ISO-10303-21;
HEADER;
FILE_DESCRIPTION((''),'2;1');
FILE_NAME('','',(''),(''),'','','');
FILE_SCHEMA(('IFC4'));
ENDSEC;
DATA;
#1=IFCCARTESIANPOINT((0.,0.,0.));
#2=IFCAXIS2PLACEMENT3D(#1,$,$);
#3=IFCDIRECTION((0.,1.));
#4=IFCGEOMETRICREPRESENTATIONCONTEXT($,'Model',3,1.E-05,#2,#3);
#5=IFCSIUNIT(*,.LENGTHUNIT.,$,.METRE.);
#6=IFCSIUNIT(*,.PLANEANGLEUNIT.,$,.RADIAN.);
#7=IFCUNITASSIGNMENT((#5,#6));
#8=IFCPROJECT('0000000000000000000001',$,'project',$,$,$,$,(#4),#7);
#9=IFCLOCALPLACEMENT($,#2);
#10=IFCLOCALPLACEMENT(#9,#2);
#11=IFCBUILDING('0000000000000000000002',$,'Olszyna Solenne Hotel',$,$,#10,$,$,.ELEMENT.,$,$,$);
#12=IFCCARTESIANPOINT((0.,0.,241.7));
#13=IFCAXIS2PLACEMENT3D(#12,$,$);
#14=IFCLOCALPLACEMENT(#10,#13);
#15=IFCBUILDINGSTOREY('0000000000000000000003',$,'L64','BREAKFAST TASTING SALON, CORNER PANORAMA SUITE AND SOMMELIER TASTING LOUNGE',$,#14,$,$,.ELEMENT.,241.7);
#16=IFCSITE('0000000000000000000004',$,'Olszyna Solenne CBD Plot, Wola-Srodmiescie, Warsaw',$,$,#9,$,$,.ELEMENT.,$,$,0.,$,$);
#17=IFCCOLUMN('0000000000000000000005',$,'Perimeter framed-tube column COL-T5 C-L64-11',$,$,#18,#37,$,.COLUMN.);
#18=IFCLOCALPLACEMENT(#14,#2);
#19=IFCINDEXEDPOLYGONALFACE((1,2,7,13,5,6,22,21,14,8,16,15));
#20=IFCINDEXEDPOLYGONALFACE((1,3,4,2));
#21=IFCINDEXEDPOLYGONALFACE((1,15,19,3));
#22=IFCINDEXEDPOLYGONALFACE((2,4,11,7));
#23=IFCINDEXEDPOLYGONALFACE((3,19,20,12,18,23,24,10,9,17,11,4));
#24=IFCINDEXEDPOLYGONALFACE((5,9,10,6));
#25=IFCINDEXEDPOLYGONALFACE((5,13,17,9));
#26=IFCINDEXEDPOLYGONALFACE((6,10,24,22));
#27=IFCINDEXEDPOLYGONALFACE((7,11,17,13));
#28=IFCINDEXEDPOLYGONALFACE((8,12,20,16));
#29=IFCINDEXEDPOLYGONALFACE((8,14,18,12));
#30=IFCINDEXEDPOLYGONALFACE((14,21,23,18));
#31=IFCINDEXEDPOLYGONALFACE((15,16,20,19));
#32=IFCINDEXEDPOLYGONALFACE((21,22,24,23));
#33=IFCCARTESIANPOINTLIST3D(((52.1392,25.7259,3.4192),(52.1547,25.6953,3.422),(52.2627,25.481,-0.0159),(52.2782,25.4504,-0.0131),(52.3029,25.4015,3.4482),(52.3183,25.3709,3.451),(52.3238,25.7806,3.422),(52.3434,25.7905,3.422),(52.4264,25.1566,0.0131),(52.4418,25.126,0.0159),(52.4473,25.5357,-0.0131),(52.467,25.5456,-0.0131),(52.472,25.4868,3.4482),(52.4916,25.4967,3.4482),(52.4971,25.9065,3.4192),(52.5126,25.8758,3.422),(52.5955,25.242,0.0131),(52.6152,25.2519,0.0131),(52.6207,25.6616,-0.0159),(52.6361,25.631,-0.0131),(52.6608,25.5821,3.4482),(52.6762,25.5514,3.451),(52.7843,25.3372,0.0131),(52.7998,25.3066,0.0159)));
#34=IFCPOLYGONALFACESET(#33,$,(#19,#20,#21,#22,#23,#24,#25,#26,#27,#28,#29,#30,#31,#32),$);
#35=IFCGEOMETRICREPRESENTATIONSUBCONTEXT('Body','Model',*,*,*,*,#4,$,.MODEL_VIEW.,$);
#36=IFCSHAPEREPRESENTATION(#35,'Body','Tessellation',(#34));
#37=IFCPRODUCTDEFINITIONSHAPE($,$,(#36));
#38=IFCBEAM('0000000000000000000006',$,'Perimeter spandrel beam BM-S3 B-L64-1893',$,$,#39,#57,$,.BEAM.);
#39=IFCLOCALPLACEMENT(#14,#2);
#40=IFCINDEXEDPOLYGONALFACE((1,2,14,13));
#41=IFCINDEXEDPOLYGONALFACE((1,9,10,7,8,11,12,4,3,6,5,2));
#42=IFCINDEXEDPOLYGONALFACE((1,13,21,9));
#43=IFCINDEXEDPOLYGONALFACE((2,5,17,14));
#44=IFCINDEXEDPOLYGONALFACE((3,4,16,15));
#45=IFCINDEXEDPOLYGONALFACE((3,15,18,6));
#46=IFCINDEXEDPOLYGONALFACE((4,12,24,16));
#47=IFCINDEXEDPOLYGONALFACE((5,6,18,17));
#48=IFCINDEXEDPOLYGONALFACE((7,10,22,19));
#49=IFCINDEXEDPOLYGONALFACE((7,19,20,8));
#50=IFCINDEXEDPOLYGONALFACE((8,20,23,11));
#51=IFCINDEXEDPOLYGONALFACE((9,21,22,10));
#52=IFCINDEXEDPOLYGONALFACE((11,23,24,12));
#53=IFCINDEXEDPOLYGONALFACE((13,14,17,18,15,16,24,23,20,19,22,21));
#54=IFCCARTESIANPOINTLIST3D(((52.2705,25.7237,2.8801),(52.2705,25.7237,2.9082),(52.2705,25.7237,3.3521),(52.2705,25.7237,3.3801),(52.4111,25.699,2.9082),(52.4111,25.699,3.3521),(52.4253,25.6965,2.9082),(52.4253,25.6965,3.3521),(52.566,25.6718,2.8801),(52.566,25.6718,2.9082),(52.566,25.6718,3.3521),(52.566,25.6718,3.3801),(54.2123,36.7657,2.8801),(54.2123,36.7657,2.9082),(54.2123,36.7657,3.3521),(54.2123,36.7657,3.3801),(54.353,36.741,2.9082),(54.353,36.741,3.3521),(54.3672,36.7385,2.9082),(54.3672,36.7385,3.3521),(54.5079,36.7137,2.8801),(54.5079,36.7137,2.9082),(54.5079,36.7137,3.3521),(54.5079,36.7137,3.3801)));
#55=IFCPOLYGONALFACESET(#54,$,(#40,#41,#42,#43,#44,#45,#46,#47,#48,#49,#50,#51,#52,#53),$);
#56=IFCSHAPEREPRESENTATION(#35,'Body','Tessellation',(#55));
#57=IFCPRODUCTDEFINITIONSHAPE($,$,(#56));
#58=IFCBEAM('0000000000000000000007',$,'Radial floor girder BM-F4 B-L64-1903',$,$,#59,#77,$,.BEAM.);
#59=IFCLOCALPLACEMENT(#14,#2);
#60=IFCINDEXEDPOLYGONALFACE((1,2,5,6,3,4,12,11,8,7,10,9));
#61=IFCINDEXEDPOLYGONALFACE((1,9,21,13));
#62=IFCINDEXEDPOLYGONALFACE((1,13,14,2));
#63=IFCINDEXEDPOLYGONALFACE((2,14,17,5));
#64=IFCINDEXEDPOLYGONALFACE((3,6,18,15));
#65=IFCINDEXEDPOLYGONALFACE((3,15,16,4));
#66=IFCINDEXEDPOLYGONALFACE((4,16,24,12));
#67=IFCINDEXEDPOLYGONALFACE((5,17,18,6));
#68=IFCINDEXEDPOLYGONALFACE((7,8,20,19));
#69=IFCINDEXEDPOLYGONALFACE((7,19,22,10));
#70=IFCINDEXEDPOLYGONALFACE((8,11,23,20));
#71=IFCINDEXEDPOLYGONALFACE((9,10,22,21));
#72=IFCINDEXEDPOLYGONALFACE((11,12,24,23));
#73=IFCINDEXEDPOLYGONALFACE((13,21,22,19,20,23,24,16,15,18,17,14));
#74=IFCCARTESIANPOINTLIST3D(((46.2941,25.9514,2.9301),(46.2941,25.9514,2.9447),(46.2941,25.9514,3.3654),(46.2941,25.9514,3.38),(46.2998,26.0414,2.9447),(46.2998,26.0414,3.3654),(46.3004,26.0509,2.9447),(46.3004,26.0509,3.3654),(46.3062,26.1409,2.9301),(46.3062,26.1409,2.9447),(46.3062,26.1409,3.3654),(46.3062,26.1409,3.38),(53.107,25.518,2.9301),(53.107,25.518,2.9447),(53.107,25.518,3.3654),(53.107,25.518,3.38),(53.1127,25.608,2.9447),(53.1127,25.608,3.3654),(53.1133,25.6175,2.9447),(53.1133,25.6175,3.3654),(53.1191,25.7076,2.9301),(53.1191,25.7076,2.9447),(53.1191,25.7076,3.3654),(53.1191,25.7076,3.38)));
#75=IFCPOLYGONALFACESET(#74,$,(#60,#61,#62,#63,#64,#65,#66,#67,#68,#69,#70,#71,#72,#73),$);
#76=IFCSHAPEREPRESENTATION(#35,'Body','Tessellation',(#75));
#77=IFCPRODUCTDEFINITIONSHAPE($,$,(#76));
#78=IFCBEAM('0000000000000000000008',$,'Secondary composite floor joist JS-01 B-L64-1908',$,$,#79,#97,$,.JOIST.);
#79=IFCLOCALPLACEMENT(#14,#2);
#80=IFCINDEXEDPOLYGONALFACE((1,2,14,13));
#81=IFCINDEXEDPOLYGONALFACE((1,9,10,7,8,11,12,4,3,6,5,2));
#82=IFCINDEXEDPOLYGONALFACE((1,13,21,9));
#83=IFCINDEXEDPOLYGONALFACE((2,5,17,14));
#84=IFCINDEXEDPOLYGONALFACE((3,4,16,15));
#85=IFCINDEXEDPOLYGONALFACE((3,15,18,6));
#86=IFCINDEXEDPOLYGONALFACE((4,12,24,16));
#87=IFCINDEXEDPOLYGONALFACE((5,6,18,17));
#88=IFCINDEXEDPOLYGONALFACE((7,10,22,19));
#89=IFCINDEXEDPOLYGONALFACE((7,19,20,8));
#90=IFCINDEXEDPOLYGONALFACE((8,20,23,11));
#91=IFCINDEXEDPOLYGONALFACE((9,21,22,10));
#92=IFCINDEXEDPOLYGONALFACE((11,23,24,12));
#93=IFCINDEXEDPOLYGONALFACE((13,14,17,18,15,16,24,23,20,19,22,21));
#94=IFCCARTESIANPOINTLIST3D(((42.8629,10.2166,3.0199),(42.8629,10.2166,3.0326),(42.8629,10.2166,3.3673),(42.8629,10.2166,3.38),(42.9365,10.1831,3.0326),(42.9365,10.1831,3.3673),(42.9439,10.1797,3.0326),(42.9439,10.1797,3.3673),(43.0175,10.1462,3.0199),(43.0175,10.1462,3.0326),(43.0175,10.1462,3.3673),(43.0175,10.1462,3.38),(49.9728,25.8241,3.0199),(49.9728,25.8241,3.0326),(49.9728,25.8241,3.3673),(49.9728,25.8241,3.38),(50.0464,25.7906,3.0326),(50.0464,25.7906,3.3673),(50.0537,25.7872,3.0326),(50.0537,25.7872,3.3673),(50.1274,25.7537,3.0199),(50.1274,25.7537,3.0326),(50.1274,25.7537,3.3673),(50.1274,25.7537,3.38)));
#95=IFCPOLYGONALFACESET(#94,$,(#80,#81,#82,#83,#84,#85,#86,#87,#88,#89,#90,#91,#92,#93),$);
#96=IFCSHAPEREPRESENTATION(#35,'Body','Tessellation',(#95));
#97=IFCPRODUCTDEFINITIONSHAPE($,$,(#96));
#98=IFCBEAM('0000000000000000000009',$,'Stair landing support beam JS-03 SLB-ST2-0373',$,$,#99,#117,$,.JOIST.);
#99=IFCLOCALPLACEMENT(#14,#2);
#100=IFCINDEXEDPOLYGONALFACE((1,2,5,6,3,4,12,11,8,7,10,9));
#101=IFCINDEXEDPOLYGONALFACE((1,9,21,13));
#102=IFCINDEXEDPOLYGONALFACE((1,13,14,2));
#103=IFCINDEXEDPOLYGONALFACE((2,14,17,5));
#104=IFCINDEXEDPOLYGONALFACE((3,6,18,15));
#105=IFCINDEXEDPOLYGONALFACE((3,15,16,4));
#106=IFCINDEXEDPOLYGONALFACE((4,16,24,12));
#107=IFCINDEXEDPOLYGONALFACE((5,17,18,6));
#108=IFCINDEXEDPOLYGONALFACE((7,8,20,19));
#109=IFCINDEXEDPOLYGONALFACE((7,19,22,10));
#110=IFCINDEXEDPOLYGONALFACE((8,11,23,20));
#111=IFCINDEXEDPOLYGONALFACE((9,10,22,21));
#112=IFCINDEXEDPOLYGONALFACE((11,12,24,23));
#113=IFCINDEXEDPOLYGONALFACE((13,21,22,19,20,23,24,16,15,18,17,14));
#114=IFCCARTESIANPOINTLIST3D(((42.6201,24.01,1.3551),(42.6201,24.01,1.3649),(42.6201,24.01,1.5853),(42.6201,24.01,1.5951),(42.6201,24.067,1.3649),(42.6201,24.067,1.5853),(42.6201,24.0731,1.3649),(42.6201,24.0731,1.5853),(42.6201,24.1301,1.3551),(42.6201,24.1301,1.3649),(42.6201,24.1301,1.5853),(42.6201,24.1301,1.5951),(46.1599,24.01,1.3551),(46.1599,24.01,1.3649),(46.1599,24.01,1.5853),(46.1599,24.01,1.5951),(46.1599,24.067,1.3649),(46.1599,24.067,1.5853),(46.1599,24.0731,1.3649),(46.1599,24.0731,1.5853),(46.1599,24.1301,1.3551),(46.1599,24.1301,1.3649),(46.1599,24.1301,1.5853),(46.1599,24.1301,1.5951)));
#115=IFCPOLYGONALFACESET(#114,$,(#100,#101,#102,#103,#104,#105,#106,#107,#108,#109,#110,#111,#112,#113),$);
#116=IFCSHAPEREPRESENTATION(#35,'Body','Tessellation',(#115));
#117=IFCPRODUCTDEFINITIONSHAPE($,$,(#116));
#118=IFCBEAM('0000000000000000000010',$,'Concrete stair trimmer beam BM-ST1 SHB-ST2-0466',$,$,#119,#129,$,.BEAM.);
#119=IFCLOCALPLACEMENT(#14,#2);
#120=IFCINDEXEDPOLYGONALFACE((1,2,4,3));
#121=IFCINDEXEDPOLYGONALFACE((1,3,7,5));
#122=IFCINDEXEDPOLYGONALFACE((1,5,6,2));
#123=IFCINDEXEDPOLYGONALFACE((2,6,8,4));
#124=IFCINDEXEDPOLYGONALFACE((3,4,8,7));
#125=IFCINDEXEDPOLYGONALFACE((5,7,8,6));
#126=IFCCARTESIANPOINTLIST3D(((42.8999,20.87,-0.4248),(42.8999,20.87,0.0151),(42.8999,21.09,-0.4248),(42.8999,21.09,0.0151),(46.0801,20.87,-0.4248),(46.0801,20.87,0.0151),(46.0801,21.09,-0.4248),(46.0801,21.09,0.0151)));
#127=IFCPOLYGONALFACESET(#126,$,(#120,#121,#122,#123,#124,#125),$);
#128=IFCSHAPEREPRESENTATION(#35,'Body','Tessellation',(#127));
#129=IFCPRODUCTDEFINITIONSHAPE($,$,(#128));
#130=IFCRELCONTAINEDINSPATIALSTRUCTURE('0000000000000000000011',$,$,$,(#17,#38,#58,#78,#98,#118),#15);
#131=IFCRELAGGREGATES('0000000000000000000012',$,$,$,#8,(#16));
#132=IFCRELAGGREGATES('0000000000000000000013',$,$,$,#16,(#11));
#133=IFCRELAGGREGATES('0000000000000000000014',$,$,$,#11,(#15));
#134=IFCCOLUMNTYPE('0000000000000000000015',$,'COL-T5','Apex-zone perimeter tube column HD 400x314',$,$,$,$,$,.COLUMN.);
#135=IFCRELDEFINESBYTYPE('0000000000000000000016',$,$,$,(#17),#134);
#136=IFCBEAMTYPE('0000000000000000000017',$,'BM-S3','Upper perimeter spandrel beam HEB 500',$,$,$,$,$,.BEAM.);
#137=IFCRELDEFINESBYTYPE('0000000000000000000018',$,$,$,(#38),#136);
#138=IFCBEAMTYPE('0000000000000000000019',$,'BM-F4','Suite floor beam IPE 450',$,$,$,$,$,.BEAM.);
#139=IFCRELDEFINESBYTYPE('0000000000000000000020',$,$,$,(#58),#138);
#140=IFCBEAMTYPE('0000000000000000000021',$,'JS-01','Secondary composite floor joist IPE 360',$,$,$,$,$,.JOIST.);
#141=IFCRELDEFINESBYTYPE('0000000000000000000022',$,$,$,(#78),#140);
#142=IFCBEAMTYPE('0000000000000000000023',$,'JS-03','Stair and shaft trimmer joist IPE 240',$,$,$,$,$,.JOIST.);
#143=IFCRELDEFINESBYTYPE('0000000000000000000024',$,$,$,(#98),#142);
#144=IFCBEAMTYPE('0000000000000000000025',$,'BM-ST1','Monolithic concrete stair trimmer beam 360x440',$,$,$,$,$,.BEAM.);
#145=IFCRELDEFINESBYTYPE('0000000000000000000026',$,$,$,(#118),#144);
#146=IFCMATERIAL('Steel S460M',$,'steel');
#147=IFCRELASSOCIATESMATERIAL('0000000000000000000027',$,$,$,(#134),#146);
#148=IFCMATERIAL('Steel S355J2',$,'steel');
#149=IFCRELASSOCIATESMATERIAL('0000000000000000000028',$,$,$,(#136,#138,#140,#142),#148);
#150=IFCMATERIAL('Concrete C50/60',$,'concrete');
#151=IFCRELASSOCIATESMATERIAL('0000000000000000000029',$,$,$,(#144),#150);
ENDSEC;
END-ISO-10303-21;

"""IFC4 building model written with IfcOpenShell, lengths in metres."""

from ifc_helpers import new_model, si_unit, direction, frame, origin, origin_2d, place, context, subcontext, project, spatial, rectangle, i_section, extrude, source, transform, mapped, material, material_profile, profile_set, type_object, element, save


model = new_model("IFC4")

# Units and contexts
model_context = context("Model", 3, precision=1e-05, world=origin(), true_north=direction((0.0, 1.0)))
body_context = subcontext(model_context, "Body", "Model", "MODEL_VIEW")
ifc_project = project(units=[si_unit("LENGTHUNIT", "METRE"), si_unit("PLANEANGLEUNIT", "RADIAN")], contexts=[model_context])

# Site, building, storey
site_placement = place(None, origin())
site = spatial("IfcSite", under=ifc_project, at=site_placement, Name="Olszyna Solenne CBD Plot, Wola-Srodmiescie, Warsaw", CompositionType="ELEMENT", RefElevation=0.0)
building_placement = place(site_placement, origin())
building = spatial("IfcBuilding", under=site, at=building_placement, Name="Olszyna Solenne Hotel", CompositionType="ELEMENT")
storey_placement = place(building_placement, frame((0.0, 0.0, 241.7)))
storey = spatial("IfcBuildingStorey", under=building, at=storey_placement, Name="L64", Description="BREAKFAST TASTING SALON, CORNER PANORAMA SUITE AND SOMMELIER TASTING LOUNGE", CompositionType="ELEMENT", Elevation=241.7)

# Column
ifc_material_1 = material(Name="Steel S460M", Category="steel")
ifc_material_profile_1 = material_profile(ifc_material_1, i_section(OverallWidth=0.4009, OverallDepth=0.3989, WebThickness=0.022, FlangeThickness=0.0344, at=origin_2d()), Name="HD 400x314", Category="load-bearing")
ifc_profile_set_1 = profile_set([ifc_material_profile_1], Name="Steel S460M")
column_type = type_object("IfcColumnType", Name="COL-T5", Description="Apex-zone perimeter tube column HD 400x314", PredefinedType="COLUMN", material=ifc_profile_set_1)
shared_shape_1 = source(origin(), body_context, "Body", "SweptSolid", [
    extrude(i_section(OverallWidth=0.4009, OverallDepth=0.3989, WebThickness=0.022, FlangeThickness=0.0344, at=origin_2d()), origin(), (0.0, 0.0, 1.0), 3.446),
])
column_placement = place(storey_placement, frame((52.5312, 25.3938, 0.0), z_axis=(-0.035849, 0.07106, 0.996828), x_axis=(-0.892819, -0.450415, 0.0)))
element("IfcColumn", 1, at=column_placement, inside=storey, type_object=column_type, Name="Perimeter framed-tube column COL-T5 C-L64-11", PredefinedType="COLUMN", context=body_context, shape_type="MappedRepresentation", body=[
    mapped(shared_shape_1, transform((0.0, 0.0, 0.0), x_axis=(1.0, 0.0, 0.0), y_axis=(0.0, 1.0, 0.0), z_axis=(0.0, 0.0, 1.0), scale=1.0)),
])

# Beams
ifc_material_2 = material(Name="Steel S355J2", Category="steel")
ifc_material_profile_2 = material_profile(ifc_material_2, i_section(OverallWidth=0.3, OverallDepth=0.5, WebThickness=0.0144, FlangeThickness=0.0281, at=origin_2d()), Name="HEB 500", Category="load-bearing")
ifc_profile_set_2 = profile_set([ifc_material_profile_2], Name="Steel S355J2")
beam_type_1 = type_object("IfcBeamType", Name="BM-S3", Description="Upper perimeter spandrel beam HEB 500", PredefinedType="BEAM", material=ifc_profile_set_2)
shared_shape_2 = source(origin(), body_context, "Body", "SweptSolid", [
    extrude(i_section(OverallWidth=0.3, OverallDepth=0.5, WebThickness=0.0144, FlangeThickness=0.0281, at=origin_2d()), origin(), (0.0, 0.0, 1.0), 11.2114),
])
beam_1_placement = place(storey_placement, frame((52.4182, 25.6978, 3.1301), z_axis=(0.173206, 0.984886, 0.0), x_axis=(-0.984886, 0.173206, 0.0)))
element("IfcBeam", 2, at=beam_1_placement, inside=storey, type_object=beam_type_1, Name="Perimeter spandrel beam BM-S3 B-L64-1893", PredefinedType="BEAM", context=body_context, shape_type="MappedRepresentation", body=[
    mapped(shared_shape_2, transform((0.0, 0.0, 0.0), x_axis=(1.0, 0.0, 0.0), y_axis=(0.0, 1.0, 0.0), z_axis=(0.0, 0.0, 1.0), scale=1.0)),
])
ifc_material_profile_3 = material_profile(ifc_material_2, i_section(OverallWidth=0.1899, OverallDepth=0.45, WebThickness=0.0095, FlangeThickness=0.0146, at=origin_2d()), Name="IPE 450", Category="load-bearing")
ifc_profile_set_3 = profile_set([ifc_material_profile_3], Name="Steel S355J2")
beam_type_2 = type_object("IfcBeamType", Name="BM-F4", Description="Suite floor beam IPE 450", PredefinedType="BEAM", material=ifc_profile_set_3)
shared_shape_3 = source(origin(), body_context, "Body", "SweptSolid", [
    extrude(i_section(OverallWidth=0.1899, OverallDepth=0.45, WebThickness=0.0095, FlangeThickness=0.0146, at=origin_2d()), origin(), (0.0, 0.0, 1.0), 6.8267),
])
beam_2_placement = place(storey_placement, frame((53.113, 25.6128, 3.155), z_axis=(-0.997983, 0.063478, 0.0), x_axis=(-0.063478, -0.997983, 0.0)))
element("IfcBeam", 3, at=beam_2_placement, inside=storey, type_object=beam_type_2, Name="Radial floor girder BM-F4 B-L64-1903", PredefinedType="BEAM", context=body_context, shape_type="MappedRepresentation", body=[
    mapped(shared_shape_3, transform((0.0, 0.0, 0.0), x_axis=(1.0, 0.0, 0.0), y_axis=(0.0, 1.0, 0.0), z_axis=(0.0, 0.0, 1.0), scale=1.0)),
])
ifc_material_profile_4 = material_profile(ifc_material_2, i_section(OverallWidth=0.1699, OverallDepth=0.3601, WebThickness=0.0081, FlangeThickness=0.0127, at=origin_2d()), Name="IPE 360", Category="load-bearing")
ifc_profile_set_4 = profile_set([ifc_material_profile_4], Name="Steel S355J2")
beam_type_3 = type_object("IfcBeamType", Name="JS-01", Description="Secondary composite floor joist IPE 360", PredefinedType="JOIST", material=ifc_profile_set_4)
shared_shape_4 = source(origin(), body_context, "Body", "SweptSolid", [
    extrude(i_section(OverallWidth=0.1699, OverallDepth=0.3601, WebThickness=0.0081, FlangeThickness=0.0127, at=origin_2d()), origin(), (0.0, 0.0, 1.0), 17.1506),
])
beam_3_placement = place(storey_placement, frame((42.9402, 10.1814, 3.2), z_axis=(0.414556, 0.910024, 0.0), x_axis=(-0.910024, 0.414556, 0.0)))
element("IfcBeam", 4, at=beam_3_placement, inside=storey, type_object=beam_type_3, Name="Secondary composite floor joist JS-01 B-L64-1908", PredefinedType="JOIST", context=body_context, shape_type="MappedRepresentation", body=[
    mapped(shared_shape_4, transform((0.0, 0.0, 0.0), x_axis=(1.0, 0.0, 0.0), y_axis=(0.0, 1.0, 0.0), z_axis=(0.0, 0.0, 1.0), scale=1.0)),
])
ifc_material_profile_5 = material_profile(ifc_material_2, i_section(OverallWidth=0.1201, OverallDepth=0.24, WebThickness=0.0061, FlangeThickness=0.0098, at=origin_2d()), Name="IPE 240", Category="load-bearing")
ifc_profile_set_5 = profile_set([ifc_material_profile_5], Name="Steel S355J2")
beam_type_4 = type_object("IfcBeamType", Name="JS-03", Description="Stair and shaft trimmer joist IPE 240", PredefinedType="JOIST", material=ifc_profile_set_5)
shared_shape_5 = source(origin(), body_context, "Body", "SweptSolid", [
    extrude(i_section(OverallWidth=0.1201, OverallDepth=0.24, WebThickness=0.0061, FlangeThickness=0.0098, at=origin_2d()), origin(), (0.0, 0.0, 1.0), 3.5398),
])
beam_4_placement = place(storey_placement, frame((46.1599, 24.0701, 1.4751), z_axis=(-1.0, 0.0, 0.0), x_axis=(0.0, -1.0, 0.0)))
element("IfcBeam", 5, at=beam_4_placement, inside=storey, type_object=beam_type_4, Name="Stair landing support beam JS-03 SLB-ST2-0373", PredefinedType="JOIST", context=body_context, shape_type="MappedRepresentation", body=[
    mapped(shared_shape_5, transform((0.0, 0.0, 0.0), x_axis=(1.0, 0.0, 0.0), y_axis=(0.0, 1.0, 0.0), z_axis=(0.0, 0.0, 1.0), scale=1.0)),
])
ifc_material_3 = material(Name="Concrete C50/60", Category="concrete")
ifc_material_profile_6 = material_profile(ifc_material_3, rectangle(XDim=0.22, YDim=0.4399, at=origin_2d()), Name="RC 220x440", Category="load-bearing")
ifc_profile_set_6 = profile_set([ifc_material_profile_6], Name="Concrete C50/60")
beam_type_5 = type_object("IfcBeamType", Name="BM-ST1", Description="Monolithic concrete stair trimmer beam 360x440", PredefinedType="BEAM", material=ifc_profile_set_6)
shared_shape_6 = source(origin(), body_context, "Body", "SweptSolid", [
    extrude(rectangle(XDim=0.22, YDim=0.4399, at=origin_2d()), origin(), (0.0, 0.0, 1.0), 3.1802),
])
beam_5_placement = place(storey_placement, frame((46.0801, 20.98, -0.2048), z_axis=(-1.0, 0.0, 0.0), x_axis=(0.0, -1.0, 0.0)))
element("IfcBeam", 6, at=beam_5_placement, inside=storey, type_object=beam_type_5, Name="Concrete stair trimmer beam BM-ST1 SHB-ST2-0466", PredefinedType="BEAM", context=body_context, shape_type="MappedRepresentation", body=[
    mapped(shared_shape_6, transform((0.0, 0.0, 0.0), x_axis=(1.0, 0.0, 0.0), y_axis=(0.0, 1.0, 0.0), z_axis=(0.0, 0.0, 1.0), scale=1.0)),
])

save(model, "model.ifc")
